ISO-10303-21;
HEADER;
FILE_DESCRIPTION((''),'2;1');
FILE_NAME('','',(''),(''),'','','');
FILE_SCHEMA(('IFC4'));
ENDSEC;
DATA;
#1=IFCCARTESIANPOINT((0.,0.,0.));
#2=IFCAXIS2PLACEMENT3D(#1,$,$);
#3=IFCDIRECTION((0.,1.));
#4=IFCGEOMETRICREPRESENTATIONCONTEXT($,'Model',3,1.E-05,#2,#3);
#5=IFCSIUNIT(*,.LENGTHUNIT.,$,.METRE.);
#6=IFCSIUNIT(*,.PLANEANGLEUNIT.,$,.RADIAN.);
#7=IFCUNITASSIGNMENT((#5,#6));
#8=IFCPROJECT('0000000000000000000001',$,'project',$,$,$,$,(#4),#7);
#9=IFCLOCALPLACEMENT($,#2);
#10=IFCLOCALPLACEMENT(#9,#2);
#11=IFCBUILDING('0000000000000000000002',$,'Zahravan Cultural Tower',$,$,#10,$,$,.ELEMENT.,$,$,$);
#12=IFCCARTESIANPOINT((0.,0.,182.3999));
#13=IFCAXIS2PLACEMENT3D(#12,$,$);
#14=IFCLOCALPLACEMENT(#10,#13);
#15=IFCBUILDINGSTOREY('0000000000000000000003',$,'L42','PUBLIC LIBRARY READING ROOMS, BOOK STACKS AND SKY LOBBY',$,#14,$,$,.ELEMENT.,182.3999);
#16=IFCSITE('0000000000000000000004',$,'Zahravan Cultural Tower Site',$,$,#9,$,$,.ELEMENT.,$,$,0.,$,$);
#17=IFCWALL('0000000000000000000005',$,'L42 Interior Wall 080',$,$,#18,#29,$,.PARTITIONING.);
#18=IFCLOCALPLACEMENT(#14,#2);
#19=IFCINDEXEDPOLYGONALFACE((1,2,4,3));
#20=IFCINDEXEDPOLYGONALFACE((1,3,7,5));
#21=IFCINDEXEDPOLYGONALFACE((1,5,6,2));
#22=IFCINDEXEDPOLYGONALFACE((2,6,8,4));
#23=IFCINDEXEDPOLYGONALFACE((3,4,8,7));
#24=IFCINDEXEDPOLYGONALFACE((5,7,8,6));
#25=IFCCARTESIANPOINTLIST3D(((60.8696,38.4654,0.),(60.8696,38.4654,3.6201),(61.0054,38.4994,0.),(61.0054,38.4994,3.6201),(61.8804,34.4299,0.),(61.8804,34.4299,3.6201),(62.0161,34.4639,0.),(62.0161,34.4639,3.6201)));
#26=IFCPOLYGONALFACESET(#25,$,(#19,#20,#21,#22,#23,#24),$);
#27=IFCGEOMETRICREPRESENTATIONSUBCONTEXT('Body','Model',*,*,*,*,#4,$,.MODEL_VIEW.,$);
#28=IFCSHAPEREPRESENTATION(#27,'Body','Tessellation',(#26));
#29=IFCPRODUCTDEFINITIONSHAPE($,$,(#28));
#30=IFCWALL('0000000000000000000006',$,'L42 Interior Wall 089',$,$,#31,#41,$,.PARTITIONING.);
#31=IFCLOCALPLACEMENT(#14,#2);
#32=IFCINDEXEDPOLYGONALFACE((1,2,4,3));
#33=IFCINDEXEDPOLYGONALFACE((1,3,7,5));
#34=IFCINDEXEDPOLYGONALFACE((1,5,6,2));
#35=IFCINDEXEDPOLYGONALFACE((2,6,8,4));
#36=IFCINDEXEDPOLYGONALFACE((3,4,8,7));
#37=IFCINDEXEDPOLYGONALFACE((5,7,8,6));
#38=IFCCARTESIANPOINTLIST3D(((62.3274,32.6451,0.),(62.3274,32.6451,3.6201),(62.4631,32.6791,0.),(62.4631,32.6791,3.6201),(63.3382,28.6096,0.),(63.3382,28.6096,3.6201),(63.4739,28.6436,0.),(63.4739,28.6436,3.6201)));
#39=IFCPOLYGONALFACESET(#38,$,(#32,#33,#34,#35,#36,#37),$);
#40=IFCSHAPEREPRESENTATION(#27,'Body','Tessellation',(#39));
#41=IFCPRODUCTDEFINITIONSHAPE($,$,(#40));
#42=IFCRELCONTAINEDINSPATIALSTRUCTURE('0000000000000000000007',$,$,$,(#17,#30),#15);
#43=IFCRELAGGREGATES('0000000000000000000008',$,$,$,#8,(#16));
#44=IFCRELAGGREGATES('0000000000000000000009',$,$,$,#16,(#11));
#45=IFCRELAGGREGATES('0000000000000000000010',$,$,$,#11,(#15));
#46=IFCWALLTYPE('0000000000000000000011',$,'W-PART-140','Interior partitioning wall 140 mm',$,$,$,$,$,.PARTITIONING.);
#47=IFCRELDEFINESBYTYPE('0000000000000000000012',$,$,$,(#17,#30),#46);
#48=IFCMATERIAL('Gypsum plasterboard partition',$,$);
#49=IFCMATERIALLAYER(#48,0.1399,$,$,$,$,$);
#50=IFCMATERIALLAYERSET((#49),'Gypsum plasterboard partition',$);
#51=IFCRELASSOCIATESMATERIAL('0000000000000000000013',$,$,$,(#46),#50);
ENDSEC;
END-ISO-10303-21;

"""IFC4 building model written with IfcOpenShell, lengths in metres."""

from ifc_helpers import new_model, si_unit, direction, frame, frame_2d, origin, place, context, subcontext, project, spatial, rectangle, extrude, source, transform, mapped, material, layer, layer_set, type_object, element, save


model = new_model("IFC4")

# Units and contexts
model_context = context("Model", 3, precision=1e-05, world=origin(), true_north=direction((0.0, 1.0)))
body_context = subcontext(model_context, "Body", "Model", "MODEL_VIEW")
ifc_project = project(units=[si_unit("LENGTHUNIT", "METRE"), si_unit("PLANEANGLEUNIT", "RADIAN")], contexts=[model_context])

# Site, building, storey
site_placement = place(None, origin())
site = spatial("IfcSite", under=ifc_project, at=site_placement, Name="Zahravan Cultural Tower Site", CompositionType="ELEMENT", RefElevation=0.0)
building_placement = place(site_placement, origin())
building = spatial("IfcBuilding", under=site, at=building_placement, Name="Zahravan Cultural Tower", CompositionType="ELEMENT")
storey_placement = place(building_placement, frame((0.0, 0.0, 182.3999)))
storey = spatial("IfcBuildingStorey", under=building, at=storey_placement, Name="L42", Description="PUBLIC LIBRARY READING ROOMS, BOOK STACKS AND SKY LOBBY", CompositionType="ELEMENT", Elevation=182.3999)

# Shared definitions
ifc_material_1 = material(Name="Gypsum plasterboard partition")
ifc_layer_1 = layer(ifc_material_1, 0.1399)
ifc_layer_set_1 = layer_set([ifc_layer_1], Name="Gypsum plasterboard partition")
wall_type_1 = type_object("IfcWallType", Name="W-PART-140", Description="Interior partitioning wall 140 mm", PredefinedType="PARTITIONING", material=ifc_layer_set_1)

# Walls
shared_shape_1 = source(origin(), body_context, "Body", "SweptSolid", [
    extrude(rectangle(XDim=4.1602, YDim=0.1399, at=frame_2d((2.0801, 0.0))), origin(), (0.0, 0.0, 1.0), 3.6201),
])
for number, where, z_axis, x_axis, name in (
    (1, (60.9375, 38.4824, 0.0), (0.0, 0.0, 1.0), (0.242964, -0.970035, 0.0), "L42 Interior Wall 080"),
    (2, (62.3953, 32.6621, 0.0), (0.0, 0.0, 1.0), (0.242964, -0.970035, 0.0), "L42 Interior Wall 089"),
):
    element("IfcWall", number, at=place(storey_placement, frame(where, z_axis=z_axis, x_axis=x_axis)), inside=storey, type_object=wall_type_1, Name=name, PredefinedType="PARTITIONING", context=body_context, shape_type="MappedRepresentation", body=[
        mapped(shared_shape_1, transform((0.0, 0.0, 0.0), x_axis=(1.0, 0.0, 0.0), y_axis=(0.0, 1.0, 0.0), z_axis=(0.0, 0.0, 1.0), scale=1.0)),
    ])

save(model, "model.ifc")
